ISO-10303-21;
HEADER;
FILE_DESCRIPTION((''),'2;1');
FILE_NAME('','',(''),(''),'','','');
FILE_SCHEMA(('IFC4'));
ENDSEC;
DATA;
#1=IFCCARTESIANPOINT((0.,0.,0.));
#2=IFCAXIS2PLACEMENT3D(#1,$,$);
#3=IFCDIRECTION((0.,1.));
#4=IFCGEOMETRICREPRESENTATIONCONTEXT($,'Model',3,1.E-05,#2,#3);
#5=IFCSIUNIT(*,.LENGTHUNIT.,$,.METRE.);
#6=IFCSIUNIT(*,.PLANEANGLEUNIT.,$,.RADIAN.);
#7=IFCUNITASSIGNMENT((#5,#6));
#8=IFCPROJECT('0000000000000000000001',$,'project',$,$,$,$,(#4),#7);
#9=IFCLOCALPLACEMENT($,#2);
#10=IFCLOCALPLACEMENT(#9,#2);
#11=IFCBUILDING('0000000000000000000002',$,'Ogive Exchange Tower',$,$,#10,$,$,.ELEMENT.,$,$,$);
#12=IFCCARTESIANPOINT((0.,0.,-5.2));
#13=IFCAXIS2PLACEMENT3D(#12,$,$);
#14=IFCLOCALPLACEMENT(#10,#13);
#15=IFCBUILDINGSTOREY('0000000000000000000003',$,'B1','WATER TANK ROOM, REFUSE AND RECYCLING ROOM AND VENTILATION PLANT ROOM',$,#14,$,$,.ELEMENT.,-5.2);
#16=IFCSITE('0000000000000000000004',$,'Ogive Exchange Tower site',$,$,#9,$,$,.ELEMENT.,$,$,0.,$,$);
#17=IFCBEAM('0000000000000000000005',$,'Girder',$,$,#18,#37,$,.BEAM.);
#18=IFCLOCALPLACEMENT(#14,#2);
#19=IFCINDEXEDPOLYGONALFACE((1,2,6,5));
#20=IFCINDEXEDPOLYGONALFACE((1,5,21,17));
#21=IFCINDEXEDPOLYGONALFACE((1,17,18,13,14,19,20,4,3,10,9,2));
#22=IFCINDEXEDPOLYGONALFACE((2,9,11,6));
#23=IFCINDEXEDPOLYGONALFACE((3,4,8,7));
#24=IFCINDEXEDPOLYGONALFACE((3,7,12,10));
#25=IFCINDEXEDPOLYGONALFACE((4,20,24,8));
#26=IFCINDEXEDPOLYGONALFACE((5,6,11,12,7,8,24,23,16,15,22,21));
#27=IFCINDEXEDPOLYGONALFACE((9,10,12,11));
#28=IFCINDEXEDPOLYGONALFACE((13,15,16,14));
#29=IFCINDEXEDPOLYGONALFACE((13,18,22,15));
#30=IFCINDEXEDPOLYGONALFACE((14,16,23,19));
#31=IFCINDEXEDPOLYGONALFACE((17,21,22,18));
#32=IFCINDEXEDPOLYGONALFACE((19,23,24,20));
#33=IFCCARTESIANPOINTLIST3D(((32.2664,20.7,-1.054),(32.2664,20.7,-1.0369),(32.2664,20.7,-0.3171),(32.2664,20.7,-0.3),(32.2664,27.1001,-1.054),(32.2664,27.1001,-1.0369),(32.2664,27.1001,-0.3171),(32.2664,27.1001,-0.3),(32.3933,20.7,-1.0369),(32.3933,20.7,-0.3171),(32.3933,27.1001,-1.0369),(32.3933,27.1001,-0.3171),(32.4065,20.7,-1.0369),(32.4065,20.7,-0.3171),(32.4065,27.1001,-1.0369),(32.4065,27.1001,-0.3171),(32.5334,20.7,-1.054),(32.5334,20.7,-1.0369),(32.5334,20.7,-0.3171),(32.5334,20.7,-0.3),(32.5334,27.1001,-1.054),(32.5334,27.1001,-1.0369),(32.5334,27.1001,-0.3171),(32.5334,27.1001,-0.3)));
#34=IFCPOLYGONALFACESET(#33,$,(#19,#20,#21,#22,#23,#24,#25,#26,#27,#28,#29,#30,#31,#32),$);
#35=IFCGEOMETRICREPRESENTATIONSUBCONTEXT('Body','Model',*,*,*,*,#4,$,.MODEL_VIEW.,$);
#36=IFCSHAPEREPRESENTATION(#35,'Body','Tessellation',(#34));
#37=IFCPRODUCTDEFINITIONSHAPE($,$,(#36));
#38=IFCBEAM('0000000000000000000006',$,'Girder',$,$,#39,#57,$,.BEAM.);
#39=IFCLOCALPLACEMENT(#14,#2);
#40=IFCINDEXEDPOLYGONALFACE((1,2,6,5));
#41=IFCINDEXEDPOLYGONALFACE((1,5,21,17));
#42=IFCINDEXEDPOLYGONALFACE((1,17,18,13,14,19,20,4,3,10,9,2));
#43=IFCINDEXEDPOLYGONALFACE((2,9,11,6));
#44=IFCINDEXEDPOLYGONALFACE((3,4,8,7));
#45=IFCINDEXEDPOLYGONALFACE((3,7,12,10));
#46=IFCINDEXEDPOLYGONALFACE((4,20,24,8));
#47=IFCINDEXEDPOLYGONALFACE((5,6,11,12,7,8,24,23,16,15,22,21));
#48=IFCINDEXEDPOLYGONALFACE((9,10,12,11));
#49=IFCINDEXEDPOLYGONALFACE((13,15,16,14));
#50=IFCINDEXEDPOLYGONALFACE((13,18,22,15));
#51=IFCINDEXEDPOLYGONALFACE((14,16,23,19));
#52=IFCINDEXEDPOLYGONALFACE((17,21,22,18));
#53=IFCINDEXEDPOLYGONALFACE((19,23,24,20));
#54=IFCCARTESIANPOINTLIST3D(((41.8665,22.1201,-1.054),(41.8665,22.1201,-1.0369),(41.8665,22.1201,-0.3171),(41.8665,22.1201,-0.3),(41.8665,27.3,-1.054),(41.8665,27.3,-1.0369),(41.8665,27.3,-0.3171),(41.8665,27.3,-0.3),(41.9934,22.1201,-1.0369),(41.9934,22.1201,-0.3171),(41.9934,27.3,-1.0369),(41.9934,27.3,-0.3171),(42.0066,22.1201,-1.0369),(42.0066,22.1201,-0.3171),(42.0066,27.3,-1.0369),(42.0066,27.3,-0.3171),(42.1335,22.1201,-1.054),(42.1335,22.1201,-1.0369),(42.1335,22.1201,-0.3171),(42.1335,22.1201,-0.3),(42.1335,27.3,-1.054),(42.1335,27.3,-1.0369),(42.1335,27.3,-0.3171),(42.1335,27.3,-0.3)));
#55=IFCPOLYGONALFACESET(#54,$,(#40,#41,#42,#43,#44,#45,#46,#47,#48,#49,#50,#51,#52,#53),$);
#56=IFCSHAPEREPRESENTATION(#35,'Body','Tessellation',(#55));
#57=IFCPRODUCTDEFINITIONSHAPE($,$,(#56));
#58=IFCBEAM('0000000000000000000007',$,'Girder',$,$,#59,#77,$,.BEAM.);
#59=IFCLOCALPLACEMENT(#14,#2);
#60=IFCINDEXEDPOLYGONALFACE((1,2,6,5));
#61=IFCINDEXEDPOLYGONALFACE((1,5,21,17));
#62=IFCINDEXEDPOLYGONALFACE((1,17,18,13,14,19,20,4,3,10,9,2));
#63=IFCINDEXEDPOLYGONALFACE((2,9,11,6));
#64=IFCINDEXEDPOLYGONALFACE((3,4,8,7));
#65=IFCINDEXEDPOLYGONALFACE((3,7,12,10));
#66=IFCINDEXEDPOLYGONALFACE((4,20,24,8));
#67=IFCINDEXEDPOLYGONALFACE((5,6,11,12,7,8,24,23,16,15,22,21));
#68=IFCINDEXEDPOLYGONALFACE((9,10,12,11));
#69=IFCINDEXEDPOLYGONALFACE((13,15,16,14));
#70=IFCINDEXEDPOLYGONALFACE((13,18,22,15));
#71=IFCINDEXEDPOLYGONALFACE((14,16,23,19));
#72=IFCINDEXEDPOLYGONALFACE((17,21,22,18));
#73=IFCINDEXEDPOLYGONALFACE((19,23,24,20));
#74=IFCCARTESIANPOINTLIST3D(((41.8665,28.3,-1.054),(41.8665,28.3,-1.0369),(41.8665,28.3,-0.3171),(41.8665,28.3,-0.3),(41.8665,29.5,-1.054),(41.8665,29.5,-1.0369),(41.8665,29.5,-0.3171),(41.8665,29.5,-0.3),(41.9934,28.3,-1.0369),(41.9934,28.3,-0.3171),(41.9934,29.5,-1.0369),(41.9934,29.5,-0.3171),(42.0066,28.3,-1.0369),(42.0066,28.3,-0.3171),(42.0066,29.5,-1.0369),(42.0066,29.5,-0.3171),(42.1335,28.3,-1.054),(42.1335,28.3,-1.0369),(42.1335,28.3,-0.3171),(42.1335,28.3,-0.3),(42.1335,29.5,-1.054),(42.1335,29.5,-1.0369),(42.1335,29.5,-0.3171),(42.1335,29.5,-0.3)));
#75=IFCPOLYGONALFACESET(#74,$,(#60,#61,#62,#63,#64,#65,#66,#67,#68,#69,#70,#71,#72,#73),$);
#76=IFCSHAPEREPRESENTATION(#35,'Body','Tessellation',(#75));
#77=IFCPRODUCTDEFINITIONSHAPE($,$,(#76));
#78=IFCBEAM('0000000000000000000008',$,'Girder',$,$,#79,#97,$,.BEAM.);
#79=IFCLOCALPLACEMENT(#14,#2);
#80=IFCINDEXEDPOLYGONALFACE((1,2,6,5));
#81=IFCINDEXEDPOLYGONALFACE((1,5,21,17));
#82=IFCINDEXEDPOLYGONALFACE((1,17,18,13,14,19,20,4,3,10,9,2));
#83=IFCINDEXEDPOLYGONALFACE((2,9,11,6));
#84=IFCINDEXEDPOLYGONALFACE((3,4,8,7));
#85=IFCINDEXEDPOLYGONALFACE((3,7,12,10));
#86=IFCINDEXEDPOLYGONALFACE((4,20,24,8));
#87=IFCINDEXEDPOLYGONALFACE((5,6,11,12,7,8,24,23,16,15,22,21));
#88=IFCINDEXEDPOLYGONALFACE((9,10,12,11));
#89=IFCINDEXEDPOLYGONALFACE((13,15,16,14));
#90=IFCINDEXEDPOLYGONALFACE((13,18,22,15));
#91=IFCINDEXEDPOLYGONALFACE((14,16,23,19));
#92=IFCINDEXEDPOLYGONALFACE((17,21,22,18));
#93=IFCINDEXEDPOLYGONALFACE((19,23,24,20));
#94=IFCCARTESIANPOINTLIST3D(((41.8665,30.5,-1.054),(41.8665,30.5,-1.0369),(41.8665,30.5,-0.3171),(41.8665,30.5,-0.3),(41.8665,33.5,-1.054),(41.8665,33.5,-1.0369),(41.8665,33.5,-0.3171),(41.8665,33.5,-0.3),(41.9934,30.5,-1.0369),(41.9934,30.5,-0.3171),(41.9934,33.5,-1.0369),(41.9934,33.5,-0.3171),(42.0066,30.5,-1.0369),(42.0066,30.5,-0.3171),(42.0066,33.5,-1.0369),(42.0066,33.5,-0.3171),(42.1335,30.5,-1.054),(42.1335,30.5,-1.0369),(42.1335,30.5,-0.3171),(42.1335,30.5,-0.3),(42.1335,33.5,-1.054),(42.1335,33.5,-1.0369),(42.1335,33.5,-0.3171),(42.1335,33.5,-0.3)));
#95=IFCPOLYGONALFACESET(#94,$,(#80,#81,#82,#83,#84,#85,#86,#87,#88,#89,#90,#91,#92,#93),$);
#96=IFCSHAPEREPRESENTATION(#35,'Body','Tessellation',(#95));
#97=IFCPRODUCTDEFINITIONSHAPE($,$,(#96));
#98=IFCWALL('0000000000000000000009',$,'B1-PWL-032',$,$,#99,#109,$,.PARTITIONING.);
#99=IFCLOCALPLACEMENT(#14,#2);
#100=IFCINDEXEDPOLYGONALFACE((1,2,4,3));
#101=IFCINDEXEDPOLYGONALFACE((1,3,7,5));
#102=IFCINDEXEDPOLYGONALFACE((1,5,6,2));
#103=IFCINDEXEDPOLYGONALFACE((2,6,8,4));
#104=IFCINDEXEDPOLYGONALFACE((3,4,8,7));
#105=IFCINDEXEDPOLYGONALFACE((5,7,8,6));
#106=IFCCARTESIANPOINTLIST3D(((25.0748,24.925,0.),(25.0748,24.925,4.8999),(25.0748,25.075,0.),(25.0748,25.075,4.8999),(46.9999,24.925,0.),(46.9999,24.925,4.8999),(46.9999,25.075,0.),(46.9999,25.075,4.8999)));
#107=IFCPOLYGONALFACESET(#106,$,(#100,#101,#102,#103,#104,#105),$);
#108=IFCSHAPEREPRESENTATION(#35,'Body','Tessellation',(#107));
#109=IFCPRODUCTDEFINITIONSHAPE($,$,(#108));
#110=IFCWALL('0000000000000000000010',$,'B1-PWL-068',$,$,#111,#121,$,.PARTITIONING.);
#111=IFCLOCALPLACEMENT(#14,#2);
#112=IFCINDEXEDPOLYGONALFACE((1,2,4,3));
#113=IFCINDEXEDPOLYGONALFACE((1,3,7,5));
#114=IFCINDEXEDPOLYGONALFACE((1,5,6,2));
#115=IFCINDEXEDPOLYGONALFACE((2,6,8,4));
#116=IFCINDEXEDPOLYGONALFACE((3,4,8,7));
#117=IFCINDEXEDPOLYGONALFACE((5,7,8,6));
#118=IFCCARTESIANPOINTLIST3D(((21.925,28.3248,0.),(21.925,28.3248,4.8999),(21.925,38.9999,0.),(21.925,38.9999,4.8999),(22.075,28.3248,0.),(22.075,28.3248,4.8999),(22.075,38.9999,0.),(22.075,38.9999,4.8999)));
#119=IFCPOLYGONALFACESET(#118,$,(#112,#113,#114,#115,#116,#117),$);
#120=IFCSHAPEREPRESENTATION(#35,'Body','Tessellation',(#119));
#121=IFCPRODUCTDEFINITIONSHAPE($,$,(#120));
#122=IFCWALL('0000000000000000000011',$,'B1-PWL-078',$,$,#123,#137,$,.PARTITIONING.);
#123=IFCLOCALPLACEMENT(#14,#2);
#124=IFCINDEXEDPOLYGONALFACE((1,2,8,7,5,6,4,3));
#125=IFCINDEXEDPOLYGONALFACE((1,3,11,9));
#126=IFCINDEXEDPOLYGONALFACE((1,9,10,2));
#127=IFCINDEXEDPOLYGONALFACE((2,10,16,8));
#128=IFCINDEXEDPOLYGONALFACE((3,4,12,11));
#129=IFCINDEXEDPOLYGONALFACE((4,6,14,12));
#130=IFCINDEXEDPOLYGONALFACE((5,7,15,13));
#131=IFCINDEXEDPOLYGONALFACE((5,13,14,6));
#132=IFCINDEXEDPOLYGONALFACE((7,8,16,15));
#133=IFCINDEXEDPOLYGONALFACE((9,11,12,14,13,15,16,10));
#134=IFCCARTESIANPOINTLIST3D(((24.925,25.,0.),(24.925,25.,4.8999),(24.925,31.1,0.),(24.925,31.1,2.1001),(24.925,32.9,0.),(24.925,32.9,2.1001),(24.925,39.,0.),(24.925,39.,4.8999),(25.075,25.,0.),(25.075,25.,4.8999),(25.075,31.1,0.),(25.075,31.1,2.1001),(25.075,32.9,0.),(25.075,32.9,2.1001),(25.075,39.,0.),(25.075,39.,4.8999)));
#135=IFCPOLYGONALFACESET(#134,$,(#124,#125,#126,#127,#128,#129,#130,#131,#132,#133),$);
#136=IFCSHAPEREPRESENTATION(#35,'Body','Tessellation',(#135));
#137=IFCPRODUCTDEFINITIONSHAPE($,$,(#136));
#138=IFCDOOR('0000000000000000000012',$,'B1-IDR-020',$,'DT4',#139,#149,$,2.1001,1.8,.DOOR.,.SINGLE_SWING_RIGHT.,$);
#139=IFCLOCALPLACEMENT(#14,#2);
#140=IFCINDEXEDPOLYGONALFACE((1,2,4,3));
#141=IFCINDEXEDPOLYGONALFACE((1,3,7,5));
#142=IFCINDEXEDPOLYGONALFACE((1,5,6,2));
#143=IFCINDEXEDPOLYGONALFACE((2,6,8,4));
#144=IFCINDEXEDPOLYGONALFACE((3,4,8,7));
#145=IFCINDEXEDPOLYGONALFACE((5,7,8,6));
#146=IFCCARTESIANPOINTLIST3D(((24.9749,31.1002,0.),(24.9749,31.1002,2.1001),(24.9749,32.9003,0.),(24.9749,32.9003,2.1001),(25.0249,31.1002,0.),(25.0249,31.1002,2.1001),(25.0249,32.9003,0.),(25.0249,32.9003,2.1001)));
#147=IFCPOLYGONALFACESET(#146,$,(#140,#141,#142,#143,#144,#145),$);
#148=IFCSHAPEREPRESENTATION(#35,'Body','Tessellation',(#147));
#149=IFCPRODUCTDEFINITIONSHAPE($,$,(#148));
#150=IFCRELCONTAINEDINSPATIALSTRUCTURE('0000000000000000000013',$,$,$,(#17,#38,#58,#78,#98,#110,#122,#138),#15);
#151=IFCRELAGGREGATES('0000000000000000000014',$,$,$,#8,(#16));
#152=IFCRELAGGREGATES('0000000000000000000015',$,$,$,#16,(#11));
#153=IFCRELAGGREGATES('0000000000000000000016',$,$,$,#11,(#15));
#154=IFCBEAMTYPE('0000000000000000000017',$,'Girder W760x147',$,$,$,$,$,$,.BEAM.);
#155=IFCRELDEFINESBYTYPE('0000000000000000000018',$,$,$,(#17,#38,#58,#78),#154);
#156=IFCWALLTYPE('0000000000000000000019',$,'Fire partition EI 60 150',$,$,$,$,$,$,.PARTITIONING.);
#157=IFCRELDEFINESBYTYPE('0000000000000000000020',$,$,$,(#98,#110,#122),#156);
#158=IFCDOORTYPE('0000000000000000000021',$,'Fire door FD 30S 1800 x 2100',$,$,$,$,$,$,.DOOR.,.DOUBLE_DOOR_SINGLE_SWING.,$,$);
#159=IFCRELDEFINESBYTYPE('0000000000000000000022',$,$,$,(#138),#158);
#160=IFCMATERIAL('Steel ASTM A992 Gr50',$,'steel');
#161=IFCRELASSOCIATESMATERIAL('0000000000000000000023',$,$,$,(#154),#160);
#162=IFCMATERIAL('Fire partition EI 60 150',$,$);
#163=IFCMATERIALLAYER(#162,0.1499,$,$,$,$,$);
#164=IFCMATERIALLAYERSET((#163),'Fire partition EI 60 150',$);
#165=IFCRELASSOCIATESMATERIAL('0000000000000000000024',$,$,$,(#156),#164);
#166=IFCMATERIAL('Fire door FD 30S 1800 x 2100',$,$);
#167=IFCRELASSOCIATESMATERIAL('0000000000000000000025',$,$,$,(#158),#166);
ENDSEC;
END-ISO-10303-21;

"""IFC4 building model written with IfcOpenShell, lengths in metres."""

from ifc_helpers import new_model, si_unit, direction, frame, frame_2d, origin, origin_2d, place, context, subcontext, project, spatial, rectangle, i_section, extrude, material, layer, layer_set, material_profile, profile_set, type_object, element, fill, save


model = new_model("IFC4")

# Units and contexts
model_context = context("Model", 3, precision=1e-05, world=origin(), true_north=direction((0.0, 1.0)))
body_context = subcontext(model_context, "Body", "Model", "MODEL_VIEW")
ifc_project = project(units=[si_unit("LENGTHUNIT", "METRE"), si_unit("PLANEANGLEUNIT", "RADIAN")], contexts=[model_context])

# Site, building, storey
site_placement = place(None, origin())
site = spatial("IfcSite", under=ifc_project, at=site_placement, Name="Ogive Exchange Tower site", CompositionType="ELEMENT", RefElevation=0.0)
building_placement = place(site_placement, origin())
building = spatial("IfcBuilding", under=site, at=building_placement, Name="Ogive Exchange Tower", CompositionType="ELEMENT")
storey_placement = place(building_placement, frame((0.0, 0.0, -5.2)))
storey = spatial("IfcBuildingStorey", under=building, at=storey_placement, Name="B1", Description="WATER TANK ROOM, REFUSE AND RECYCLING ROOM AND VENTILATION PLANT ROOM", CompositionType="ELEMENT", Elevation=-5.2)

# Beams
ifc_material_1 = material(Name="Steel ASTM A992 Gr50", Category="steel")
ifc_material_profile_1 = material_profile(ifc_material_1, i_section(OverallWidth=0.2671, OverallDepth=0.7539, WebThickness=0.0132, FlangeThickness=0.0171, at=origin_2d()), Name="W760x147")
ifc_profile_set_1 = profile_set([ifc_material_profile_1], Name="Steel ASTM A992 Gr50")
beam_type_1 = type_object("IfcBeamType", Name="Girder W760x147", PredefinedType="BEAM", material=ifc_profile_set_1)
beam_1_placement = place(storey_placement, frame((32.3999, 20.7, -0.677), z_axis=(0.0, 1.0, 0.0), x_axis=(-1.0, 0.0, 0.0)))
element("IfcBeam", 1, at=beam_1_placement, inside=storey, type_object=beam_type_1, Name="Girder", PredefinedType="BEAM", context=body_context, shape_type="SweptSolid", body=[
    extrude(i_section(OverallWidth=0.2671, OverallDepth=0.7539, WebThickness=0.0132, FlangeThickness=0.0171, at=origin_2d()), origin(), (0.0, 0.0, 1.0), 6.4001),
])
beam_2_placement = place(storey_placement, frame((42.0, 22.1201, -0.677), z_axis=(0.0, 1.0, 0.0), x_axis=(-1.0, 0.0, 0.0)))
element("IfcBeam", 2, at=beam_2_placement, inside=storey, type_object=beam_type_1, Name="Girder", PredefinedType="BEAM", context=body_context, shape_type="SweptSolid", body=[
    extrude(i_section(OverallWidth=0.2671, OverallDepth=0.7539, WebThickness=0.0132, FlangeThickness=0.0171, at=origin_2d()), origin(), (0.0, 0.0, 1.0), 5.1799),
])
beam_3_placement = place(storey_placement, frame((42.0, 28.3, -0.677), z_axis=(0.0, 1.0, 0.0), x_axis=(-1.0, 0.0, 0.0)))
element("IfcBeam", 3, at=beam_3_placement, inside=storey, type_object=beam_type_1, Name="Girder", PredefinedType="BEAM", context=body_context, shape_type="SweptSolid", body=[
    extrude(i_section(OverallWidth=0.2671, OverallDepth=0.7539, WebThickness=0.0132, FlangeThickness=0.0171, at=origin_2d()), origin(), (0.0, 0.0, 1.0), 1.2),
])
beam_4_placement = place(storey_placement, frame((42.0, 30.5, -0.677), z_axis=(0.0, 1.0, 0.0), x_axis=(-1.0, 0.0, 0.0)))
element("IfcBeam", 4, at=beam_4_placement, inside=storey, type_object=beam_type_1, Name="Girder", PredefinedType="BEAM", context=body_context, shape_type="SweptSolid", body=[
    extrude(i_section(OverallWidth=0.2671, OverallDepth=0.7539, WebThickness=0.0132, FlangeThickness=0.0171, at=origin_2d()), origin(), (0.0, 0.0, 1.0), 3.0),
])

# Walls
ifc_material_2 = material(Name="Fire partition EI 60 150")
ifc_layer = layer(ifc_material_2, 0.1499)
ifc_layer_set = layer_set([ifc_layer], Name="Fire partition EI 60 150")
wall_type = type_object("IfcWallType", Name="Fire partition EI 60 150", PredefinedType="PARTITIONING", material=ifc_layer_set)
wall_1_placement = place(storey_placement, frame((25.075, 25.0, 0.0), z_axis=(0.0, 0.0, 1.0), x_axis=(1.0, 0.0, 0.0)))
element("IfcWall", 5, at=wall_1_placement, inside=storey, type_object=wall_type, Name="B1-PWL-032", PredefinedType="PARTITIONING", context=body_context, shape_type="SweptSolid", body=[
    extrude(rectangle(XDim=21.925, YDim=0.1499, at=frame_2d((10.9624, 0.0))), origin(), (0.0, 0.0, 1.0), 4.8999),
])
wall_2_placement = place(storey_placement, frame((22.0, 28.325, 0.0), z_axis=(0.0, 0.0, 1.0), x_axis=(0.0, 1.0, 0.0)))
element("IfcWall", 6, at=wall_2_placement, inside=storey, type_object=wall_type, Name="B1-PWL-068", PredefinedType="PARTITIONING", context=body_context, shape_type="SweptSolid", body=[
    extrude(rectangle(XDim=10.675, YDim=0.1499, at=frame_2d((5.3374, 0.0))), origin(), (0.0, 0.0, 1.0), 4.8999),
])

# Wall, opening, door
wall_3_placement = place(storey_placement, frame((25.0, 25.0, 0.0), z_axis=(0.0, 0.0, 1.0), x_axis=(0.0, 1.0, 0.0)))
wall_3 = element("IfcWall", 7, at=wall_3_placement, inside=storey, type_object=wall_type, Name="B1-PWL-078", PredefinedType="PARTITIONING", context=body_context, shape_type="SweptSolid", body=[
    extrude(rectangle(XDim=14.0, YDim=0.1499, at=frame_2d((7.0, 0.0))), origin(), (0.0, 0.0, 1.0), 4.8999),
])
opening_placement = place(wall_3_placement, frame((6.1001, 0.0, 0.0)))
opening = element("IfcOpeningElement", 8, at=opening_placement, cuts=wall_3, PredefinedType="OPENING", context=body_context, shape_type="SweptSolid", body=[
    extrude(rectangle(XDim=1.8, YDim=2.1001, at=frame_2d((0.8999, 1.05))), frame((0.0, 0.085, 0.0), z_axis=(0.0, -1.0, 0.0), x_axis=(1.0, 0.0, 0.0)), (0.0, 0.0, 1.0), 0.1699),
])
ifc_material_3 = material(Name="Fire door FD 30S 1800 x 2100")
door_type = type_object("IfcDoorType", Name="Fire door FD 30S 1800 x 2100", OperationType="DOUBLE_DOOR_SINGLE_SWING", PredefinedType="DOOR", material=ifc_material_3)
door_placement = place(opening_placement, frame((1.8, 0.0, 0.0), z_axis=(0.0, 0.0, 1.0), x_axis=(-1.0, 0.0, 0.0)))
door = element("IfcDoor", 9, at=door_placement, inside=storey, type_object=door_type, Name="B1-IDR-020", ObjectType="DT4", OperationType="SINGLE_SWING_RIGHT", OverallHeight=2.1001, OverallWidth=1.8, PredefinedType="DOOR", context=body_context, shape_type="SweptSolid", body=[
    extrude(rectangle(XDim=1.8, YDim=2.1001, at=frame_2d((0.8999, 1.05))), frame((0.0, 0.0249, 0.0), z_axis=(0.0, -1.0, 0.0), x_axis=(1.0, 0.0, 0.0)), (0.0, 0.0, 1.0), 0.05),
])
fill(opening, door)

save(model, "model.ifc")
